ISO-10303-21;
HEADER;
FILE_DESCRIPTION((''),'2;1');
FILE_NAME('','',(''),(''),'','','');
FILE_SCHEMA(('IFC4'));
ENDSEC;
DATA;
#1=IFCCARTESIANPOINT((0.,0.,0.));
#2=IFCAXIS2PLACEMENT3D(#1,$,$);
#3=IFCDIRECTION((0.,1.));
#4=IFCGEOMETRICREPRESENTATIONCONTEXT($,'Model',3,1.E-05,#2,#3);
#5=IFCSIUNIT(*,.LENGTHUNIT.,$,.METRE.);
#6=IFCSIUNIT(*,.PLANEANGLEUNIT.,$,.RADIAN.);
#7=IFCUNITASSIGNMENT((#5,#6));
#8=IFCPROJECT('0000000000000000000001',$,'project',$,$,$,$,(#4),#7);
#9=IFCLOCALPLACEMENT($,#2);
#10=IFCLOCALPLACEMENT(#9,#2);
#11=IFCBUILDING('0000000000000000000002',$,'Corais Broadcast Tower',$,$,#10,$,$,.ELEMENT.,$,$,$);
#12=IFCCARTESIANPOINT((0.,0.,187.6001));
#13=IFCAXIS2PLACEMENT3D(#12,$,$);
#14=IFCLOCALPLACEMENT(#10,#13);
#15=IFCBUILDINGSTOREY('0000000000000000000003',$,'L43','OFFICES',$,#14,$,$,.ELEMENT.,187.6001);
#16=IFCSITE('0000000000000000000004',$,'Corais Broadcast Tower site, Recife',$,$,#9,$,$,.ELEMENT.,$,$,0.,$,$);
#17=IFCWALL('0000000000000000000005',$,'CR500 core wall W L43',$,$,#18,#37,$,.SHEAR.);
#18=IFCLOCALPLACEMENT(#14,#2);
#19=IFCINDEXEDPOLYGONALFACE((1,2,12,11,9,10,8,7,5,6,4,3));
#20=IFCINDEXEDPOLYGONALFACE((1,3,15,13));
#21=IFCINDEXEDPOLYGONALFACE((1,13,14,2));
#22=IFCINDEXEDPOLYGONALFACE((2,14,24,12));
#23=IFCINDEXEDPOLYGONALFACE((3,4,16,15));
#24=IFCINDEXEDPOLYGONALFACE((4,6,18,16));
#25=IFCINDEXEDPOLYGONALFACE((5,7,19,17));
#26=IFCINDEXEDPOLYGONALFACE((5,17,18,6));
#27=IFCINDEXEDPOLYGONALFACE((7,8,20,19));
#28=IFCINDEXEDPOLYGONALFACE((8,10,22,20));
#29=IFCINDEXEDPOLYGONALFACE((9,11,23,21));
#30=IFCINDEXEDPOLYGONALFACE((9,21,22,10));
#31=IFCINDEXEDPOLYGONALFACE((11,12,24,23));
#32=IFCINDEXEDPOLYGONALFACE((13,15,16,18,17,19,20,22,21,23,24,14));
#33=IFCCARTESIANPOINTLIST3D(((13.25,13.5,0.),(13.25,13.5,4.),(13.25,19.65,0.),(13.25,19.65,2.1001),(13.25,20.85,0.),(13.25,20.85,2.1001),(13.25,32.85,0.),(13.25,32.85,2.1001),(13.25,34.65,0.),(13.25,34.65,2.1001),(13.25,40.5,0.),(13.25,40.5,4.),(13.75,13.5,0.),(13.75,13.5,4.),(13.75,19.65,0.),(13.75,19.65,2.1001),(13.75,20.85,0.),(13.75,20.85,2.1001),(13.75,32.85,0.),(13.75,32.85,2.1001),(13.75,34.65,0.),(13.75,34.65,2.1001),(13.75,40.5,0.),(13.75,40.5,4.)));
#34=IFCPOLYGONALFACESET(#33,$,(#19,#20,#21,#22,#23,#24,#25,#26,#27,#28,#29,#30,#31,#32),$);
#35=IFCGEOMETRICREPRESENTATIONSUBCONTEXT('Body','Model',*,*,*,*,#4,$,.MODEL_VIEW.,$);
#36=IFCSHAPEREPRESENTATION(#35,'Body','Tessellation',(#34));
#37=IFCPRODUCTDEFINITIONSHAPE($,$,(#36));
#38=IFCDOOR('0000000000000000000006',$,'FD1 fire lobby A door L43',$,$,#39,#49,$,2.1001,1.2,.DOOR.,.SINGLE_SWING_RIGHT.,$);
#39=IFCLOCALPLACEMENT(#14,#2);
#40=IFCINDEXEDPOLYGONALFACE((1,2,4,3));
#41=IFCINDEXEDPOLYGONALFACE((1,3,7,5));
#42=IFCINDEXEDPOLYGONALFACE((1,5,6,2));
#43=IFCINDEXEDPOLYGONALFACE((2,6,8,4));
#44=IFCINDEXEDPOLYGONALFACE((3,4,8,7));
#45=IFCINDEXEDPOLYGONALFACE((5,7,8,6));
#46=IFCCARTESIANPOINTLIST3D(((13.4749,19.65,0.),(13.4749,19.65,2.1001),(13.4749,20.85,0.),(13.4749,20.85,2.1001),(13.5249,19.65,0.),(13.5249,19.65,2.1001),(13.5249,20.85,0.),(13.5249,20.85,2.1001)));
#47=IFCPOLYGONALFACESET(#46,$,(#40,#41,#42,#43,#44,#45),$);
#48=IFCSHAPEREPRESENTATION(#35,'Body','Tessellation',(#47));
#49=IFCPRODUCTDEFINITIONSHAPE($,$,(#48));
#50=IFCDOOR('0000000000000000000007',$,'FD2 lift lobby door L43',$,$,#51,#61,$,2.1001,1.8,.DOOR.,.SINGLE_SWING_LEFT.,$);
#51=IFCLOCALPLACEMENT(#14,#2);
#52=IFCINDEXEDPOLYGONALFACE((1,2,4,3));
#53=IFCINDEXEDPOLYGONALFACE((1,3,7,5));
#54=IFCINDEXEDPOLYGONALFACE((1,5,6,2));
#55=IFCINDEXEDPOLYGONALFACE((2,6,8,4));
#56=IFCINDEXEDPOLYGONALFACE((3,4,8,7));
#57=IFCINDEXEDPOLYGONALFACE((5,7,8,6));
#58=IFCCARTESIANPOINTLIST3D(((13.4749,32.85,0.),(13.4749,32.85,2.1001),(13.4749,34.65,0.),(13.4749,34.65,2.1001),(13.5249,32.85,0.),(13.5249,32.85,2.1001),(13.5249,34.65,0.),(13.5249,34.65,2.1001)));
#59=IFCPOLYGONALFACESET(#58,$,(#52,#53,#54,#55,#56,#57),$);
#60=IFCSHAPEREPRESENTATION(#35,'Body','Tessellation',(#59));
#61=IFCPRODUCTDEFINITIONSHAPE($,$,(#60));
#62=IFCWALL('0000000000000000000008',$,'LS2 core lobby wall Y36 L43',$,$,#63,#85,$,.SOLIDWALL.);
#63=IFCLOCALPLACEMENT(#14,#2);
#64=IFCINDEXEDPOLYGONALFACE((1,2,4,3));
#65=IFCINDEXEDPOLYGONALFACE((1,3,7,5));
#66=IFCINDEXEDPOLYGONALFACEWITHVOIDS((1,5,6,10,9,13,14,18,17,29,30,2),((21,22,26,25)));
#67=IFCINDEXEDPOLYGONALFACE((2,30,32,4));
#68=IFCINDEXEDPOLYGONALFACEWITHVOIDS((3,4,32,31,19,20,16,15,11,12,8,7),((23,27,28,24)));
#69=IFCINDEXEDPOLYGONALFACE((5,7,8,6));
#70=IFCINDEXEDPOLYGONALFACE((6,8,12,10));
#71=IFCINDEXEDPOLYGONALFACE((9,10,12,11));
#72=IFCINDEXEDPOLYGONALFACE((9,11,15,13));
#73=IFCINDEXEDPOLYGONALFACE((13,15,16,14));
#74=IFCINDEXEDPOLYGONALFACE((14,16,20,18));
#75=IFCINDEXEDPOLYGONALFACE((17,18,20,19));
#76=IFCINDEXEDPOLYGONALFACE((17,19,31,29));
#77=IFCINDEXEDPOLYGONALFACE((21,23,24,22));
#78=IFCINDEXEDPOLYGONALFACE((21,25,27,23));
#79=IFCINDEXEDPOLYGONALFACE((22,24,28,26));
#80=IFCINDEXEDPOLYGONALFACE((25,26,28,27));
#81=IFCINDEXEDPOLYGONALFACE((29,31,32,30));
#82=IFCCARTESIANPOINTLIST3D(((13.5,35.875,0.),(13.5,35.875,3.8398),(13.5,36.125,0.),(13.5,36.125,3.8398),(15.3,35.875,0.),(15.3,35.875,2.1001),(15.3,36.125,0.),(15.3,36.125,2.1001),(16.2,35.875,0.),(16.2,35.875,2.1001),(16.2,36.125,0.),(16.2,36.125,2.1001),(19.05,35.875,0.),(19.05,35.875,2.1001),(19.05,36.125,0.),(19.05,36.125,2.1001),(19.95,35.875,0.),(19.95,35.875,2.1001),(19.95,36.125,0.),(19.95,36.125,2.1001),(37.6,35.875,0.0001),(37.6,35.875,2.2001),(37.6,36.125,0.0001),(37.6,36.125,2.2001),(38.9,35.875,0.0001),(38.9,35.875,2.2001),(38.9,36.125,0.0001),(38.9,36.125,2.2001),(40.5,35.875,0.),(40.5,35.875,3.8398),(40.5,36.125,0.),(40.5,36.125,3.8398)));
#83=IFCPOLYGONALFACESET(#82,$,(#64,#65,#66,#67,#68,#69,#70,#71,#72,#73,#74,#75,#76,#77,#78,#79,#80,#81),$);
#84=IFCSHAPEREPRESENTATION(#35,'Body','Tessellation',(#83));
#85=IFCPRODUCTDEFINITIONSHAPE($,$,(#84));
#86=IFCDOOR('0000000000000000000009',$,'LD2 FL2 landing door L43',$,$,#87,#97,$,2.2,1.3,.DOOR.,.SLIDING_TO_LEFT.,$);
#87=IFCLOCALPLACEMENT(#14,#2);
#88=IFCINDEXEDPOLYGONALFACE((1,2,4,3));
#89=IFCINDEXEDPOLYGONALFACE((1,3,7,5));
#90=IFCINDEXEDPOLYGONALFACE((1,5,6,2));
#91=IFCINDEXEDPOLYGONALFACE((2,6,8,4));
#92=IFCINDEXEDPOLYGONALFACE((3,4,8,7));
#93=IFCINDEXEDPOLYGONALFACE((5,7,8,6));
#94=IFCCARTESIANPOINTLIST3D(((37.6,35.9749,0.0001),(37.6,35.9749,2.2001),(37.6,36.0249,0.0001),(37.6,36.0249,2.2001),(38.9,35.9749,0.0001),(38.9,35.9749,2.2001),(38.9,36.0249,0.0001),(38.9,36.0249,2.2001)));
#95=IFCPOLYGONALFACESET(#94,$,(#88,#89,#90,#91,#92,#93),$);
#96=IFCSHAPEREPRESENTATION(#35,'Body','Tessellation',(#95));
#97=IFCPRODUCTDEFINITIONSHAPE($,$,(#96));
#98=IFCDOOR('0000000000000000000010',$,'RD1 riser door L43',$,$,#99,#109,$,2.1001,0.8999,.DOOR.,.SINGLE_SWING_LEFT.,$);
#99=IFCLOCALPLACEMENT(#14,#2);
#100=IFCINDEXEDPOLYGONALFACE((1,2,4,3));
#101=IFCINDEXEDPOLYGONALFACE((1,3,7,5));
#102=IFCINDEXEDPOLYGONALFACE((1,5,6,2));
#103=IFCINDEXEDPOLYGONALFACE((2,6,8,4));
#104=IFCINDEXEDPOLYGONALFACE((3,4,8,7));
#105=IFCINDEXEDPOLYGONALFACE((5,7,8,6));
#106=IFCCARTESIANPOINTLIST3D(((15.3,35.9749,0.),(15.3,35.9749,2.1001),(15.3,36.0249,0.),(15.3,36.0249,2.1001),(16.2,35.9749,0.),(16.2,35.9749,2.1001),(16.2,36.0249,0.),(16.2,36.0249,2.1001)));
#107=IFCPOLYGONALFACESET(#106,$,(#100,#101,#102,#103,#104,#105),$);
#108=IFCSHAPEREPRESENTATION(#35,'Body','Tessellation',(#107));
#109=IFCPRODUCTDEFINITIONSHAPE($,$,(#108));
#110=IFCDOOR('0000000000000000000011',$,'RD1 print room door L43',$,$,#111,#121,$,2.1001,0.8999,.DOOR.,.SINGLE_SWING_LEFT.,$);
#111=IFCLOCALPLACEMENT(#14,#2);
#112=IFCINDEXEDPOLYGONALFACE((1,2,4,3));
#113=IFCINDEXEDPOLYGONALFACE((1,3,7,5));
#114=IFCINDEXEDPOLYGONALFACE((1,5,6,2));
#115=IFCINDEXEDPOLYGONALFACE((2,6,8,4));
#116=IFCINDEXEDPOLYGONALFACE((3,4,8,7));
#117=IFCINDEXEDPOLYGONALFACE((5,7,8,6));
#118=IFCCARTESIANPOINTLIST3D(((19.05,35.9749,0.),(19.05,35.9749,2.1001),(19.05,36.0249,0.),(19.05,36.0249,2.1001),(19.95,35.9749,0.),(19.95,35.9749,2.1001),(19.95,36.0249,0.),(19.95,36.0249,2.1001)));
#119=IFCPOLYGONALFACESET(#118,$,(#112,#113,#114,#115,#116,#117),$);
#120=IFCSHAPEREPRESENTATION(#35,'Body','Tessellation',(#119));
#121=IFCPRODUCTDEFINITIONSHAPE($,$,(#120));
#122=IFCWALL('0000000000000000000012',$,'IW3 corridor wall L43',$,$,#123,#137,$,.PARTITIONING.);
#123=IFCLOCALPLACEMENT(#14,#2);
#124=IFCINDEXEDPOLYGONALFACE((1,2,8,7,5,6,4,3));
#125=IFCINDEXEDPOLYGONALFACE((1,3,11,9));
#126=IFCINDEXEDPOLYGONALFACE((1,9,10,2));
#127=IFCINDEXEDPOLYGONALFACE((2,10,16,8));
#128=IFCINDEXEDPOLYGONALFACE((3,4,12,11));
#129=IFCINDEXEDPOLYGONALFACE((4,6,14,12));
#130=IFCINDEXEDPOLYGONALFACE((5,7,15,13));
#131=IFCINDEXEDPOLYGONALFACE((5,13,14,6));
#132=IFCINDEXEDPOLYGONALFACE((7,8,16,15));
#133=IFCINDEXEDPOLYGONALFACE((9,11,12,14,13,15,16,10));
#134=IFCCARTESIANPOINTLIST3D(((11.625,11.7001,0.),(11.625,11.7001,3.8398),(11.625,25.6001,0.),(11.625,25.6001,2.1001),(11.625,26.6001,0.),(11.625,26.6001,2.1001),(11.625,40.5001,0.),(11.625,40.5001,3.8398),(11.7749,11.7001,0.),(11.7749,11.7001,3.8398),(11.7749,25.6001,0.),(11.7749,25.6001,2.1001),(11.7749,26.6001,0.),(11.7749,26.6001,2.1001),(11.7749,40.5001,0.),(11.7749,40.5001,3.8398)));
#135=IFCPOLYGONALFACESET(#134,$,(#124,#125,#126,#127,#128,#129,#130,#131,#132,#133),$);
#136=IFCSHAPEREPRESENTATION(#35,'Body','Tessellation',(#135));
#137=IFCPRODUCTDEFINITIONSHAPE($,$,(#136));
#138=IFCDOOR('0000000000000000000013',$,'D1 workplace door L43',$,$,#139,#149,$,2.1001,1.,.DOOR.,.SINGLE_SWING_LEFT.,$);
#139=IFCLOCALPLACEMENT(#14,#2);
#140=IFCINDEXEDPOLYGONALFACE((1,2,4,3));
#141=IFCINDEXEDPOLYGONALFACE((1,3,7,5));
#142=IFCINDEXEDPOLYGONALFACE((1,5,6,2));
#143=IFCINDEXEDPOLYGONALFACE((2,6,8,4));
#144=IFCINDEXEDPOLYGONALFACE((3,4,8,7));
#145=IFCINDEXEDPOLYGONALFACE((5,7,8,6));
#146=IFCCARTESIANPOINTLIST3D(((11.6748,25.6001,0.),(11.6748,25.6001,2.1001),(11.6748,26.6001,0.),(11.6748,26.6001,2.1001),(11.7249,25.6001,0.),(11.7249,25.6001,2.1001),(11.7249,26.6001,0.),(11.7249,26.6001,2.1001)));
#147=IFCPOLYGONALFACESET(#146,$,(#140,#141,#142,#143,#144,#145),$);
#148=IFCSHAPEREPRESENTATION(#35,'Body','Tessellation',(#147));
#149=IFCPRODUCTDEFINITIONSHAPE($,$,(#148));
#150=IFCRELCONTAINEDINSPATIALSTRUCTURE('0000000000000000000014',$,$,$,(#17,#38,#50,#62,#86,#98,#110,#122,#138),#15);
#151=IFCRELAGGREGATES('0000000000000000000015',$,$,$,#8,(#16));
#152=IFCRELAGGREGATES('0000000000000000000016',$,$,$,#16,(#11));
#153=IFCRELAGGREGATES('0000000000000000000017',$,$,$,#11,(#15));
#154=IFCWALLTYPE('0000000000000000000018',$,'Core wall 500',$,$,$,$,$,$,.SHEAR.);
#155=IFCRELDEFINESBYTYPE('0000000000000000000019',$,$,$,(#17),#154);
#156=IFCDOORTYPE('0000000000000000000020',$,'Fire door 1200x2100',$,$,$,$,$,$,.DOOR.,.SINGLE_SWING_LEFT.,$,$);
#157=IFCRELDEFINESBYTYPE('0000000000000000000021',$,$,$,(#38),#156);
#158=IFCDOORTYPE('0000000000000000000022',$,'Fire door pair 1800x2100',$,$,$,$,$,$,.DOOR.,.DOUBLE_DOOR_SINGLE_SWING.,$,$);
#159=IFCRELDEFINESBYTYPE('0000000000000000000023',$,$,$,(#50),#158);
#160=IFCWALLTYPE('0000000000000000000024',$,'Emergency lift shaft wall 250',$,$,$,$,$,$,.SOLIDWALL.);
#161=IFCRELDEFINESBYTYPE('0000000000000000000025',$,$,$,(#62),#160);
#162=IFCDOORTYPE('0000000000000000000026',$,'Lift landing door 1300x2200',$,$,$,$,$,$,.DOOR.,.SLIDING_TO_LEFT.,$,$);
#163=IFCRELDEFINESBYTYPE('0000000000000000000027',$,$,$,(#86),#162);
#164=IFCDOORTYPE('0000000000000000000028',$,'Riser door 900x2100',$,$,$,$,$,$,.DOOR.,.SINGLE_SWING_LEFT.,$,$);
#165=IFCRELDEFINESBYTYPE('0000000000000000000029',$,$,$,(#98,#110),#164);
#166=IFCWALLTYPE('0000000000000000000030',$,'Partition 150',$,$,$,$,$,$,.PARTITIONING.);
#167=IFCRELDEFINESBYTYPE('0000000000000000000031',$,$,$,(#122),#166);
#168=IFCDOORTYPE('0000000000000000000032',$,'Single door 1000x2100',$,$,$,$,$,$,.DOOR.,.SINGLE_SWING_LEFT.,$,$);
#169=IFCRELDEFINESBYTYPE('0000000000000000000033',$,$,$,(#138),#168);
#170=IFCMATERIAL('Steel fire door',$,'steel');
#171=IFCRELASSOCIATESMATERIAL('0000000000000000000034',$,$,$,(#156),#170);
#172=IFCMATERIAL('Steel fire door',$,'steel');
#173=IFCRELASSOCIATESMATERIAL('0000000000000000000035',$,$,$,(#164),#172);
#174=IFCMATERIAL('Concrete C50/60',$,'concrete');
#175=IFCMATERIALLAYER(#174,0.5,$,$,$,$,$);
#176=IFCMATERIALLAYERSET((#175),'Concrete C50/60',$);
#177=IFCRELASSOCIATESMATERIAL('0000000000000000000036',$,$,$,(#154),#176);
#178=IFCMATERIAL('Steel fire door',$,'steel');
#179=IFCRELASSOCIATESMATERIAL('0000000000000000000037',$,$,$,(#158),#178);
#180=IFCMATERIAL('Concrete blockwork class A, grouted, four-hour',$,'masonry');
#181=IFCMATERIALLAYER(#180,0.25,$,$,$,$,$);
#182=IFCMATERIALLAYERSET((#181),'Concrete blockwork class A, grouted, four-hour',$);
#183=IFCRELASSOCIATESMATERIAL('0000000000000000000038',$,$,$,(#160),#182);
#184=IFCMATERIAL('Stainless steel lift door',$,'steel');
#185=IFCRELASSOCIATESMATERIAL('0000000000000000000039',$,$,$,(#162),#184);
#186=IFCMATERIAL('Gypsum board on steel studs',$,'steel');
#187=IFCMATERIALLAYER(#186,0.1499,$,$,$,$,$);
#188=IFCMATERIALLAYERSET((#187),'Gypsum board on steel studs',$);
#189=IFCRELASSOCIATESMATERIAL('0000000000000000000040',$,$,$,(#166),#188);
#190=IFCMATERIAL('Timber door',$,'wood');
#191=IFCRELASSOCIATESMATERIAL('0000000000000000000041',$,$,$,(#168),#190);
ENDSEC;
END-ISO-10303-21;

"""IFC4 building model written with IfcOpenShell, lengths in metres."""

from ifc_helpers import new_model, si_unit, direction, frame, frame_2d, origin, place, context, subcontext, project, spatial, rectangle, extrude, material, layer, layer_set, type_object, element, fill, save


model = new_model("IFC4")

# Units and contexts
model_context = context("Model", 3, precision=1e-05, world=origin(), true_north=direction((0.0, 1.0)))
body_context = subcontext(model_context, "Body", "Model", "MODEL_VIEW")
ifc_project = project(units=[si_unit("LENGTHUNIT", "METRE"), si_unit("PLANEANGLEUNIT", "RADIAN")], contexts=[model_context])

# Site, building, storey
site_placement = place(None, origin())
site = spatial("IfcSite", under=ifc_project, at=site_placement, Name="Corais Broadcast Tower site, Recife", CompositionType="ELEMENT", RefElevation=0.0)
building_placement = place(site_placement, origin())
building = spatial("IfcBuilding", under=site, at=building_placement, Name="Corais Broadcast Tower", CompositionType="ELEMENT")
storey_placement = place(building_placement, frame((0.0, 0.0, 187.6001)))
storey = spatial("IfcBuildingStorey", under=building, at=storey_placement, Name="L43", Description="OFFICES", CompositionType="ELEMENT", Elevation=187.6001)

# Walls, openings, doors
ifc_material_1 = material(Name="Steel fire door", Category="steel")
door_type_1 = type_object("IfcDoorType", Name="Fire door 1200x2100", OperationType="SINGLE_SWING_LEFT", PredefinedType="DOOR", material=ifc_material_1)
ifc_material_2 = material(Name="Steel fire door", Category="steel")
door_type_2 = type_object("IfcDoorType", Name="Riser door 900x2100", OperationType="SINGLE_SWING_LEFT", PredefinedType="DOOR", material=ifc_material_2)
ifc_material_3 = material(Name="Concrete C50/60", Category="concrete")
ifc_layer_1 = layer(ifc_material_3, 0.5)
ifc_layer_set_1 = layer_set([ifc_layer_1], Name="Concrete C50/60")
wall_type_1 = type_object("IfcWallType", Name="Core wall 500", PredefinedType="SHEAR", material=ifc_layer_set_1)
wall_1_placement = place(storey_placement, frame((13.5, 40.5, 0.0), z_axis=(0.0, 0.0, 1.0), x_axis=(0.0, -1.0, 0.0)))
wall_1 = element("IfcWall", 1, at=wall_1_placement, inside=storey, type_object=wall_type_1, Name="CR500 core wall W L43", PredefinedType="SHEAR", context=body_context, shape_type="SweptSolid", body=[
    extrude(rectangle(XDim=27.0, YDim=0.5, at=frame_2d((13.5, 0.0))), origin(), (0.0, 0.0, 1.0), 4.0),
])
opening_1_placement = place(wall_1_placement, frame((19.6499, 0.0, 0.0)))
opening_1 = element("IfcOpeningElement", 2, at=opening_1_placement, cuts=wall_1, PredefinedType="OPENING", context=body_context, shape_type="SweptSolid", body=[
    extrude(rectangle(XDim=1.2, YDim=2.1001, at=frame_2d((0.6001, 1.05))), frame((0.0, 0.26, 0.0), z_axis=(0.0, -1.0, 0.0), x_axis=(1.0, 0.0, 0.0)), (0.0, 0.0, 1.0), 0.52),
])
opening_2_placement = place(wall_1_placement, frame((5.8501, 0.0, 0.0)))
opening_2 = element("IfcOpeningElement", 3, at=opening_2_placement, cuts=wall_1, PredefinedType="OPENING", context=body_context, shape_type="SweptSolid", body=[
    extrude(rectangle(XDim=1.8, YDim=2.1001, at=frame_2d((0.8999, 1.05))), frame((0.0, 0.26, 0.0), z_axis=(0.0, -1.0, 0.0), x_axis=(1.0, 0.0, 0.0)), (0.0, 0.0, 1.0), 0.52),
])
door_1_placement = place(opening_1_placement, origin())
door_1 = element("IfcDoor", 4, at=door_1_placement, inside=storey, type_object=door_type_1, Name="FD1 fire lobby A door L43", OperationType="SINGLE_SWING_RIGHT", OverallHeight=2.1001, OverallWidth=1.2, PredefinedType="DOOR", context=body_context, shape_type="SweptSolid", body=[
    extrude(rectangle(XDim=1.2, YDim=2.1001, at=frame_2d((0.6001, 1.05))), frame((0.0, 0.0249, 0.0), z_axis=(0.0, -1.0, 0.0), x_axis=(1.0, 0.0, 0.0)), (0.0, 0.0, 1.0), 0.05),
])
fill(opening_1, door_1)
ifc_material_4 = material(Name="Steel fire door", Category="steel")
door_type_3 = type_object("IfcDoorType", Name="Fire door pair 1800x2100", OperationType="DOUBLE_DOOR_SINGLE_SWING", PredefinedType="DOOR", material=ifc_material_4)
door_2_placement = place(opening_2_placement, origin())
door_2 = element("IfcDoor", 5, at=door_2_placement, inside=storey, type_object=door_type_3, Name="FD2 lift lobby door L43", OperationType="SINGLE_SWING_LEFT", OverallHeight=2.1001, OverallWidth=1.8, PredefinedType="DOOR", context=body_context, shape_type="SweptSolid", body=[
    extrude(rectangle(XDim=1.8, YDim=2.1001, at=frame_2d((0.8999, 1.05))), frame((0.0, 0.0249, 0.0), z_axis=(0.0, -1.0, 0.0), x_axis=(1.0, 0.0, 0.0)), (0.0, 0.0, 1.0), 0.05),
])
fill(opening_2, door_2)
ifc_material_5 = material(Name="Concrete blockwork class A, grouted, four-hour", Category="masonry")
ifc_layer_2 = layer(ifc_material_5, 0.25)
ifc_layer_set_2 = layer_set([ifc_layer_2], Name="Concrete blockwork class A, grouted, four-hour")
wall_type_2 = type_object("IfcWallType", Name="Emergency lift shaft wall 250", PredefinedType="SOLIDWALL", material=ifc_layer_set_2)
wall_2_placement = place(storey_placement, frame((13.5, 36.0, 0.0), z_axis=(0.0, 0.0, 1.0), x_axis=(1.0, 0.0, 0.0)))
wall_2 = element("IfcWall", 6, at=wall_2_placement, inside=storey, type_object=wall_type_2, Name="LS2 core lobby wall Y36 L43", PredefinedType="SOLIDWALL", context=body_context, shape_type="SweptSolid", body=[
    extrude(rectangle(XDim=27.0, YDim=0.25, at=frame_2d((13.5, 0.0))), origin(), (0.0, 0.0, 1.0), 3.8398),
])
opening_3_placement = place(wall_2_placement, frame((1.8, 0.0, 0.0)))
opening_3 = element("IfcOpeningElement", 7, at=opening_3_placement, cuts=wall_2, PredefinedType="OPENING", context=body_context, shape_type="SweptSolid", body=[
    extrude(rectangle(XDim=0.8999, YDim=2.1001, at=frame_2d((0.45, 1.05))), frame((0.0, 0.135, 0.0), z_axis=(0.0, -1.0, 0.0), x_axis=(1.0, 0.0, 0.0)), (0.0, 0.0, 1.0), 0.27),
])
opening_4_placement = place(wall_2_placement, frame((5.55, 0.0, 0.0)))
opening_4 = element("IfcOpeningElement", 8, at=opening_4_placement, cuts=wall_2, PredefinedType="OPENING", context=body_context, shape_type="SweptSolid", body=[
    extrude(rectangle(XDim=0.8999, YDim=2.1001, at=frame_2d((0.45, 1.05))), frame((0.0, 0.135, 0.0), z_axis=(0.0, -1.0, 0.0), x_axis=(1.0, 0.0, 0.0)), (0.0, 0.0, 1.0), 0.27),
])
opening_5_placement = place(wall_2_placement, frame((24.1001, 0.0, 0.0)))
opening_5 = element("IfcOpeningElement", 9, at=opening_5_placement, cuts=wall_2, PredefinedType="OPENING", context=body_context, shape_type="SweptSolid", body=[
    extrude(rectangle(XDim=1.3, YDim=2.2, at=frame_2d((0.6499, 1.1001))), frame((0.0, 0.135, 0.0), z_axis=(0.0, -1.0, 0.0), x_axis=(1.0, 0.0, 0.0)), (0.0, 0.0, 1.0), 0.27),
])
ifc_material_6 = material(Name="Stainless steel lift door", Category="steel")
door_type_4 = type_object("IfcDoorType", Name="Lift landing door 1300x2200", OperationType="SLIDING_TO_LEFT", PredefinedType="DOOR", material=ifc_material_6)
door_3_placement = place(opening_5_placement, origin())
door_3 = element("IfcDoor", 10, at=door_3_placement, inside=storey, type_object=door_type_4, Name="LD2 FL2 landing door L43", OperationType="SLIDING_TO_LEFT", OverallHeight=2.2, OverallWidth=1.3, PredefinedType="DOOR", context=body_context, shape_type="SweptSolid", body=[
    extrude(rectangle(XDim=1.3, YDim=2.2, at=frame_2d((0.6499, 1.1001))), frame((0.0, 0.0249, 0.0), z_axis=(0.0, -1.0, 0.0), x_axis=(1.0, 0.0, 0.0)), (0.0, 0.0, 1.0), 0.05),
])
fill(opening_5, door_3)
door_4_placement = place(opening_3_placement, origin())
door_4 = element("IfcDoor", 11, at=door_4_placement, inside=storey, type_object=door_type_2, Name="RD1 riser door L43", OperationType="SINGLE_SWING_LEFT", OverallHeight=2.1001, OverallWidth=0.8999, PredefinedType="DOOR", context=body_context, shape_type="SweptSolid", body=[
    extrude(rectangle(XDim=0.8999, YDim=2.1001, at=frame_2d((0.45, 1.05))), frame((0.0, 0.0249, 0.0), z_axis=(0.0, -1.0, 0.0), x_axis=(1.0, 0.0, 0.0)), (0.0, 0.0, 1.0), 0.05),
])
fill(opening_3, door_4)
door_5_placement = place(opening_4_placement, origin())
door_5 = element("IfcDoor", 12, at=door_5_placement, inside=storey, type_object=door_type_2, Name="RD1 print room door L43", OperationType="SINGLE_SWING_LEFT", OverallHeight=2.1001, OverallWidth=0.8999, PredefinedType="DOOR", context=body_context, shape_type="SweptSolid", body=[
    extrude(rectangle(XDim=0.8999, YDim=2.1001, at=frame_2d((0.45, 1.05))), frame((0.0, 0.0249, 0.0), z_axis=(0.0, -1.0, 0.0), x_axis=(1.0, 0.0, 0.0)), (0.0, 0.0, 1.0), 0.05),
])
fill(opening_4, door_5)

# Wall, opening, door
ifc_material_7 = material(Name="Gypsum board on steel studs", Category="steel")
ifc_layer_3 = layer(ifc_material_7, 0.1499)
ifc_layer_set_3 = layer_set([ifc_layer_3], Name="Gypsum board on steel studs")
wall_type_3 = type_object("IfcWallType", Name="Partition 150", PredefinedType="PARTITIONING", material=ifc_layer_set_3)
wall_3_placement = place(storey_placement, frame((11.7, 40.5, 0.0), z_axis=(0.0, 0.0, 1.0), x_axis=(0.0, -1.0, 0.0)))
wall_3 = element("IfcWall", 13, at=wall_3_placement, inside=storey, type_object=wall_type_3, Name="IW3 corridor wall L43", PredefinedType="PARTITIONING", context=body_context, shape_type="SweptSolid", body=[
    extrude(rectangle(XDim=28.8, YDim=0.1499, at=frame_2d((14.3999, 0.0))), origin(), (0.0, 0.0, 1.0), 3.8398),
])
opening_6_placement = place(wall_3_placement, frame((13.8999, 0.0, 0.0)))
opening_6 = element("IfcOpeningElement", 14, at=opening_6_placement, cuts=wall_3, PredefinedType="OPENING", context=body_context, shape_type="SweptSolid", body=[
    extrude(rectangle(XDim=1.0, YDim=2.1001, at=frame_2d((0.5, 1.05))), frame((0.0, 0.085, 0.0), z_axis=(0.0, -1.0, 0.0), x_axis=(1.0, 0.0, 0.0)), (0.0, 0.0, 1.0), 0.1699),
])
ifc_material_8 = material(Name="Timber door", Category="wood")
door_type_5 = type_object("IfcDoorType", Name="Single door 1000x2100", OperationType="SINGLE_SWING_LEFT", PredefinedType="DOOR", material=ifc_material_8)
door_6_placement = place(opening_6_placement, origin())
door_6 = element("IfcDoor", 15, at=door_6_placement, inside=storey, type_object=door_type_5, Name="D1 workplace door L43", OperationType="SINGLE_SWING_LEFT", OverallHeight=2.1001, OverallWidth=1.0, PredefinedType="DOOR", context=body_context, shape_type="SweptSolid", body=[
    extrude(rectangle(XDim=1.0, YDim=2.1001, at=frame_2d((0.5, 1.05))), frame((0.0, 0.0249, 0.0), z_axis=(0.0, -1.0, 0.0), x_axis=(1.0, 0.0, 0.0)), (0.0, 0.0, 1.0), 0.05),
])
fill(opening_6, door_6)

save(model, "model.ifc")
